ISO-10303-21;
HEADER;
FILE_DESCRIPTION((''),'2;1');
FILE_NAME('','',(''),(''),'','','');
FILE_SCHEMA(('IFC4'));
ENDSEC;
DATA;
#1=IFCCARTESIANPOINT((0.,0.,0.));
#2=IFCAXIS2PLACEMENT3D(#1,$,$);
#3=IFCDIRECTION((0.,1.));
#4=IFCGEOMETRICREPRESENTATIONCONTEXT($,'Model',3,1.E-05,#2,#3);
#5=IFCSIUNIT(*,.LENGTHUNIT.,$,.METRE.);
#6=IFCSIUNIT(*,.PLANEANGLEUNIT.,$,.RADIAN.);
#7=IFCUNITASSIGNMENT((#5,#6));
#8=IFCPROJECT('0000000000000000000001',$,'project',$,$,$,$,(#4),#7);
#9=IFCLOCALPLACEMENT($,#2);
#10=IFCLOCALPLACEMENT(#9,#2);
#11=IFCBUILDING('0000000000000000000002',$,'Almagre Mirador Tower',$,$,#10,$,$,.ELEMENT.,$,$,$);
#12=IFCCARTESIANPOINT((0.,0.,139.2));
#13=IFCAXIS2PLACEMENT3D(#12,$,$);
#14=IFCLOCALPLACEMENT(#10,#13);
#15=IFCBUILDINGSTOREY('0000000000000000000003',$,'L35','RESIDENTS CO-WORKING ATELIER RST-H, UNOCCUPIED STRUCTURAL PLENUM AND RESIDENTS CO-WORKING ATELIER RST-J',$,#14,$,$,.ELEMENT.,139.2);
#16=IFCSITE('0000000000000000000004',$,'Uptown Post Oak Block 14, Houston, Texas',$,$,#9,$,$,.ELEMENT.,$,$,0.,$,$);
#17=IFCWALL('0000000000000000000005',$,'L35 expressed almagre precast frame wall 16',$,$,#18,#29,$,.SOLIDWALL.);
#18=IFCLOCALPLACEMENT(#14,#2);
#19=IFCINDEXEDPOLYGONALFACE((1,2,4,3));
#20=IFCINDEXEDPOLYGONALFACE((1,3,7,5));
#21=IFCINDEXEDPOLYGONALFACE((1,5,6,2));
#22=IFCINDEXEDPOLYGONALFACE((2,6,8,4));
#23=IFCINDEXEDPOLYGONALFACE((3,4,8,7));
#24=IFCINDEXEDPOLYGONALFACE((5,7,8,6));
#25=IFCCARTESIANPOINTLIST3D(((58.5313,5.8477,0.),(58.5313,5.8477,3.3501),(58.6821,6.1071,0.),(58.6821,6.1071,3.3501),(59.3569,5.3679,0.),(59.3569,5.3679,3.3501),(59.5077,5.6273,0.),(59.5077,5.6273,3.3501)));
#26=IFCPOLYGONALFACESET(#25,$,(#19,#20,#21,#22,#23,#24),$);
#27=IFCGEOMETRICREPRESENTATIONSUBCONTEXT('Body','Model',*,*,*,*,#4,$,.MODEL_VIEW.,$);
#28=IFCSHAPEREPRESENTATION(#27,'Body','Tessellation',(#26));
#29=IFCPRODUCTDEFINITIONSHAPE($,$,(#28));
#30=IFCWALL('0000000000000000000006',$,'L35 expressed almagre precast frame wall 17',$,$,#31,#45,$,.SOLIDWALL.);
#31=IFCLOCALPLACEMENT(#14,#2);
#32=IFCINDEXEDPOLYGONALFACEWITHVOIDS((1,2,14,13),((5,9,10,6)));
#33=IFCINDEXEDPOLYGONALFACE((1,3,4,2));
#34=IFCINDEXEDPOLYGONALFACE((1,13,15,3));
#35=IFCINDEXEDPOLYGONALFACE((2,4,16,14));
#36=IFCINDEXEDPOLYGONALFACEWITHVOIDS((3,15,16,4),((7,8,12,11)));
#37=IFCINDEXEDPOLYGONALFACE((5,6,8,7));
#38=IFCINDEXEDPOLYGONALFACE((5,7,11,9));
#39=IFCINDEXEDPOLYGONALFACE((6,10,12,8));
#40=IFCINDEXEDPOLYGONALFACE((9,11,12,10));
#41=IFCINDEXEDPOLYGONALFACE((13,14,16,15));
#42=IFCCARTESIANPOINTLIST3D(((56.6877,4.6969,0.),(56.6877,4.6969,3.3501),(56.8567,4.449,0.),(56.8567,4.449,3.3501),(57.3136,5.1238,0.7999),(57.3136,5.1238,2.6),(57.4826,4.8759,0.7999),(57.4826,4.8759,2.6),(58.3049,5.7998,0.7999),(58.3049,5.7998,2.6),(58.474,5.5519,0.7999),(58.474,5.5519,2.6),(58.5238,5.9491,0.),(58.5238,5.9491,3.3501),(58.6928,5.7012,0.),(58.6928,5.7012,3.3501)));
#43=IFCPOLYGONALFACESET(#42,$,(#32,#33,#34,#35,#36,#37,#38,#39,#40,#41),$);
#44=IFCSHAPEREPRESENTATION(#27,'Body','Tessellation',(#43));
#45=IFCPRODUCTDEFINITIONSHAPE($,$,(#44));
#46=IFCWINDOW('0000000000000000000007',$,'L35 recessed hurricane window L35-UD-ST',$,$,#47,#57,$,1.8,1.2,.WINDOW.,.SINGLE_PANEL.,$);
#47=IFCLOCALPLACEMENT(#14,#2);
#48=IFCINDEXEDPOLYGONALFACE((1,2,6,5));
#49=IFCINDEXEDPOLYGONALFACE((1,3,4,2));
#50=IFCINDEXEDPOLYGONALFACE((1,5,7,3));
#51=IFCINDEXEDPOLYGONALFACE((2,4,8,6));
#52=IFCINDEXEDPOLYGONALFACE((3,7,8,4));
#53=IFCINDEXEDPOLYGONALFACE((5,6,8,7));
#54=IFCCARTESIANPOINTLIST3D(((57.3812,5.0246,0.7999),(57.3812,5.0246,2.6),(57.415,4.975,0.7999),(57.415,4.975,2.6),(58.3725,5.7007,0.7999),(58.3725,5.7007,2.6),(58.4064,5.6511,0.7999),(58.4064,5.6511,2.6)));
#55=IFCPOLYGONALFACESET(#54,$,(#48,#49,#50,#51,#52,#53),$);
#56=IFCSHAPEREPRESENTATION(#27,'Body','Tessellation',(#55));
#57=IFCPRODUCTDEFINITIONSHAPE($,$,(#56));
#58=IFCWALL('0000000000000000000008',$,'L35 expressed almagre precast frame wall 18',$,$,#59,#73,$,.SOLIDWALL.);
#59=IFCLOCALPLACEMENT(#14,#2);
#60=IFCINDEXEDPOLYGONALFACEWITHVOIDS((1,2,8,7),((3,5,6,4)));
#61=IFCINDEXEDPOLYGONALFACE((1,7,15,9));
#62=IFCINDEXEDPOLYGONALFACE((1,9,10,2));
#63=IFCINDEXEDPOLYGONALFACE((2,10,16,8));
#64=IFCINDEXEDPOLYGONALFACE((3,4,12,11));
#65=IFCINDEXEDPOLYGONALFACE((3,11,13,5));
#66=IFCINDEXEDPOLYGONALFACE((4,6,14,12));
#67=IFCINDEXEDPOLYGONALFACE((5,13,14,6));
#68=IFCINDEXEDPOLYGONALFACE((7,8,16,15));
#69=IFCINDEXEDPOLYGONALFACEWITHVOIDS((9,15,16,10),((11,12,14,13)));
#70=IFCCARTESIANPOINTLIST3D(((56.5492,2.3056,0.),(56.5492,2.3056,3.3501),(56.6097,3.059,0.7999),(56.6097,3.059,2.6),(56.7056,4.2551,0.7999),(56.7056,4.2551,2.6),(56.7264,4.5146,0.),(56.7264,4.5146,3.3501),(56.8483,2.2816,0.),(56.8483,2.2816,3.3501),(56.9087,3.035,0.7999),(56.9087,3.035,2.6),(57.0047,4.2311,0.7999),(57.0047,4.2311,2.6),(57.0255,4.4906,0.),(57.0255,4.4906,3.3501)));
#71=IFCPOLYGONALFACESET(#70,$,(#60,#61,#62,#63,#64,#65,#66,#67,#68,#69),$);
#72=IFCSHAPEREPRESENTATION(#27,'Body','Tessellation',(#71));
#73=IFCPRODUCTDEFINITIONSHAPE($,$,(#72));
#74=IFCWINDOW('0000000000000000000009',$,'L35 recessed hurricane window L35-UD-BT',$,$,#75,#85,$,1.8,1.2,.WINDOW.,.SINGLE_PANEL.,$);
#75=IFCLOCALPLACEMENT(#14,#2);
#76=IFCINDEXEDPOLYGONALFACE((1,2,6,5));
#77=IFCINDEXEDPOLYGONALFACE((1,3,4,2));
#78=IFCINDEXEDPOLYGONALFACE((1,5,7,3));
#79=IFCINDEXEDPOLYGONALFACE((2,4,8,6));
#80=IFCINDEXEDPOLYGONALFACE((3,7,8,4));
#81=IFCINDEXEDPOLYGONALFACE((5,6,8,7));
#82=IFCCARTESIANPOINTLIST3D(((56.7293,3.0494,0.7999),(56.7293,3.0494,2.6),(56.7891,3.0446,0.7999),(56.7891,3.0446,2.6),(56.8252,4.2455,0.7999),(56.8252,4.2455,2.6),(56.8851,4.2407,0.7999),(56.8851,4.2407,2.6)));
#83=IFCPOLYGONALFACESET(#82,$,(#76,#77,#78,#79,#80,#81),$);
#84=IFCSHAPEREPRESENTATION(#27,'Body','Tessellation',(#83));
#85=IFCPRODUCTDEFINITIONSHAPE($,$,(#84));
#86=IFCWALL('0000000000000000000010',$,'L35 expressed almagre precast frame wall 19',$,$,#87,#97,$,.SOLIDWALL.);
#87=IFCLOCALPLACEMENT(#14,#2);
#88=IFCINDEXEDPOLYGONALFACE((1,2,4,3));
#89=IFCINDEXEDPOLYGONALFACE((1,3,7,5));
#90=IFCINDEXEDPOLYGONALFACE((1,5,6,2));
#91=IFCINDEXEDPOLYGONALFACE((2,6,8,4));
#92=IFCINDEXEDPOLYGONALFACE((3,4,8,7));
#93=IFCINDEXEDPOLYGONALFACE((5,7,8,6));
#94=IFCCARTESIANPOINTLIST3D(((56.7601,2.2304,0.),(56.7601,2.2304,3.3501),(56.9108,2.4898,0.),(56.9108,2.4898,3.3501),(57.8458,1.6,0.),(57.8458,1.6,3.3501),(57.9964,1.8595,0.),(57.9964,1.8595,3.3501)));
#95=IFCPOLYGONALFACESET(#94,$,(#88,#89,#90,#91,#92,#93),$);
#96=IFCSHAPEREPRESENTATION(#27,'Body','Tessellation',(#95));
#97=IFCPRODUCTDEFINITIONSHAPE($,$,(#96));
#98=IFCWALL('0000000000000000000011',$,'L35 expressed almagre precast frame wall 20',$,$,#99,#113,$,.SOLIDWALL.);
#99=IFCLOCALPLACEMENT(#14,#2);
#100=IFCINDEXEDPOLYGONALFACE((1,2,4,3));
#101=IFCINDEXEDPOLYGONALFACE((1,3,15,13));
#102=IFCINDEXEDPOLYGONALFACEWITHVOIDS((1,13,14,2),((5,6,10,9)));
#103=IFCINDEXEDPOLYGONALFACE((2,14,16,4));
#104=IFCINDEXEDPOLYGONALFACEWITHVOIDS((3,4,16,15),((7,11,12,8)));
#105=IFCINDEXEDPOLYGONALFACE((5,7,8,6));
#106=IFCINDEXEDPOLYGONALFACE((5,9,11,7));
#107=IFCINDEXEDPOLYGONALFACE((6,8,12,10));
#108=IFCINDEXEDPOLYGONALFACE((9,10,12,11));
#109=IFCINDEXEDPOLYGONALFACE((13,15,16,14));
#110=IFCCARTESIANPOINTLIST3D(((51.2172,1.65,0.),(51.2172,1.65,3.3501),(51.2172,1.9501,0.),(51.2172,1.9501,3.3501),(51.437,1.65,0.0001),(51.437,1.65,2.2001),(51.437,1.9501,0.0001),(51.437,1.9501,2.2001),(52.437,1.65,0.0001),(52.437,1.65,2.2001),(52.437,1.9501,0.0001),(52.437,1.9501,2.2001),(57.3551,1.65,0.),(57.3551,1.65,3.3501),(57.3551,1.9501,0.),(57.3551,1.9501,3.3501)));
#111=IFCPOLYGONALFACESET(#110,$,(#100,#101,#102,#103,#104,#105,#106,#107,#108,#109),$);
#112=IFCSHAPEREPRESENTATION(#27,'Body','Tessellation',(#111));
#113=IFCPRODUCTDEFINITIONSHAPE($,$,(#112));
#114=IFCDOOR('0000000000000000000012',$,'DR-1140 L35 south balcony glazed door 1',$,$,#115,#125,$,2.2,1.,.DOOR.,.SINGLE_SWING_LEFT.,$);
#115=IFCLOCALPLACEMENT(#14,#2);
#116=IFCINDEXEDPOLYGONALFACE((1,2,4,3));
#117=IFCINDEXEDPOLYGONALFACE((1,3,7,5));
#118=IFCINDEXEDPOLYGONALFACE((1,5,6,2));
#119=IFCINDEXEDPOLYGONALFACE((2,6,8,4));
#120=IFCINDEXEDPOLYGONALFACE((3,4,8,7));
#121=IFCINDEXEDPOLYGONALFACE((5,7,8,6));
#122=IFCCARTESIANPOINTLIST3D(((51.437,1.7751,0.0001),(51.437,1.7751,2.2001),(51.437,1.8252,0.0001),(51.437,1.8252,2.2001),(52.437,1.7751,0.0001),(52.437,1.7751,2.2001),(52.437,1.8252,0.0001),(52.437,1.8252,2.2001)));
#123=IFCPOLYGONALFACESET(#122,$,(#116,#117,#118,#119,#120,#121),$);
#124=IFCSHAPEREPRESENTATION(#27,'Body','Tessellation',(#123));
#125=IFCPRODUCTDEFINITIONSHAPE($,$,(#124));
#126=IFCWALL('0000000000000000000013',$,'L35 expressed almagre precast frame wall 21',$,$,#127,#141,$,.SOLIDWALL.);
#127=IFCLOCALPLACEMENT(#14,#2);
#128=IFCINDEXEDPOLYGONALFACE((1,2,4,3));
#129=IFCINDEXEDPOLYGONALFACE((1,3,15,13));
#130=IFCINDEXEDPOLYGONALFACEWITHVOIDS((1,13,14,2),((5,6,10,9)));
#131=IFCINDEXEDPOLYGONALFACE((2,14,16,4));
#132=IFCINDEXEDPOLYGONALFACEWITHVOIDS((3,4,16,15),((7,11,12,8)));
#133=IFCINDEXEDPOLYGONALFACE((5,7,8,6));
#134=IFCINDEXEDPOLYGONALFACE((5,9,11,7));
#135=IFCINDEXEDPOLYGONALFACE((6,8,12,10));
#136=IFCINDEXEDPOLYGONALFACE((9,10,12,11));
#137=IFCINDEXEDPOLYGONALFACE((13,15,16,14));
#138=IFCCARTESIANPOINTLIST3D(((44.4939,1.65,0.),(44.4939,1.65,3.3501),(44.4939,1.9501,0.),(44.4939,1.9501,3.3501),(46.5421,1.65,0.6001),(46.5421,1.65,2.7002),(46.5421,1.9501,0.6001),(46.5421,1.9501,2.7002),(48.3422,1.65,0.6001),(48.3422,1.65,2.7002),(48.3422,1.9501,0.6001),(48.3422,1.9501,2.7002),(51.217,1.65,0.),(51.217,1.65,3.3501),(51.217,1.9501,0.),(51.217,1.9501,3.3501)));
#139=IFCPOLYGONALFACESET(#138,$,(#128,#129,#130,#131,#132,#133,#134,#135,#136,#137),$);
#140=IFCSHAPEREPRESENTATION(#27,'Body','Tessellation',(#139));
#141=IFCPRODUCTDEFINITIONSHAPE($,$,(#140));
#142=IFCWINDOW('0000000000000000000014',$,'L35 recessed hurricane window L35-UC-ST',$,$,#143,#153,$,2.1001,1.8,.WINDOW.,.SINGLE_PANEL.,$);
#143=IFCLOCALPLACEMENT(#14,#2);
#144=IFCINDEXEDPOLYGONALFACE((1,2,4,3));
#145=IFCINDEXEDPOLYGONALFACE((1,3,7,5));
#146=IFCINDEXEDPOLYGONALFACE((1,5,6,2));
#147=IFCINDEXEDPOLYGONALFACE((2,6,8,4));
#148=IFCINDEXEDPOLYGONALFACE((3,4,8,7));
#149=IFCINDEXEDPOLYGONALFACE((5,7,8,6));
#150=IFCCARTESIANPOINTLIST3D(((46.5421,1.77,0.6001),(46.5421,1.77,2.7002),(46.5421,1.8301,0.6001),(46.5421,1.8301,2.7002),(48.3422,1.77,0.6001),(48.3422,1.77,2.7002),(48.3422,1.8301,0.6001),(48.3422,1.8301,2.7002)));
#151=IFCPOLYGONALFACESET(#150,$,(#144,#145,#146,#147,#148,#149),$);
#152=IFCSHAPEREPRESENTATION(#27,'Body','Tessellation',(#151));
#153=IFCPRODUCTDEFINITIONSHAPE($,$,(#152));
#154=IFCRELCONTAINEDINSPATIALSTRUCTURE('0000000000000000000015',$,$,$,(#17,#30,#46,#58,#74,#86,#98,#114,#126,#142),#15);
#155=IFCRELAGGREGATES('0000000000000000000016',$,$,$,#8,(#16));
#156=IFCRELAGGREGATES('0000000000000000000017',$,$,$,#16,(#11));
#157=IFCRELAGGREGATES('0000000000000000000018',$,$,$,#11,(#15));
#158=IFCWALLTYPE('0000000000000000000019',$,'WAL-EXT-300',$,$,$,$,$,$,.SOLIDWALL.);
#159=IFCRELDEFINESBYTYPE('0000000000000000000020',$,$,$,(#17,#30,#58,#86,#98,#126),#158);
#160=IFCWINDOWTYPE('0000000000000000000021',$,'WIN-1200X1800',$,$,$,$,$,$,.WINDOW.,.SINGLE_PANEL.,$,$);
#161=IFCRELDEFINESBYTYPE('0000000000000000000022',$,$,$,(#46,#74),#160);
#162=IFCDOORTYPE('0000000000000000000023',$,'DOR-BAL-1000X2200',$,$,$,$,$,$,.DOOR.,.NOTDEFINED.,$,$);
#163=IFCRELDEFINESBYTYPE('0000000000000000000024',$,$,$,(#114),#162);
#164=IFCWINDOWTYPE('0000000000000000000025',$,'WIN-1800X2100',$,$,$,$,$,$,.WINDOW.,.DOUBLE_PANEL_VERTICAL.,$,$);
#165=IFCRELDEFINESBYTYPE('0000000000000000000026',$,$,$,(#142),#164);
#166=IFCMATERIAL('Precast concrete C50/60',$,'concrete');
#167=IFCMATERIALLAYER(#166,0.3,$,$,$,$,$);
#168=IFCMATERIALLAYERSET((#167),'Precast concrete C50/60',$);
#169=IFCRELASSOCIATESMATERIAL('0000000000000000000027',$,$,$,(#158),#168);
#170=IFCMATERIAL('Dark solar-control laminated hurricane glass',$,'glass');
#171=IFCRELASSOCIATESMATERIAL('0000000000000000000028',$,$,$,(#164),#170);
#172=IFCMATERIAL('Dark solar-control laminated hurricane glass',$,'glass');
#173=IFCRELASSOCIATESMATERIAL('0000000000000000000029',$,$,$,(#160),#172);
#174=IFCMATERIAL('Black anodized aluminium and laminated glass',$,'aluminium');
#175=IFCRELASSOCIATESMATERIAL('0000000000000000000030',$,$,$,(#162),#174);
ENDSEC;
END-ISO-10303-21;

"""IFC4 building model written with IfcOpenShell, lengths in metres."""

from ifc_helpers import new_model, si_unit, direction, frame, frame_2d, origin, place, context, subcontext, project, spatial, rectangle, extrude, material, layer, layer_set, type_object, element, fill, save


model = new_model("IFC4")

# Units and contexts
model_context = context("Model", 3, precision=1e-05, world=origin(), true_north=direction((0.0, 1.0)))
body_context = subcontext(model_context, "Body", "Model", "MODEL_VIEW")
ifc_project = project(units=[si_unit("LENGTHUNIT", "METRE"), si_unit("PLANEANGLEUNIT", "RADIAN")], contexts=[model_context])

# Site, building, storey
site_placement = place(None, origin())
site = spatial("IfcSite", under=ifc_project, at=site_placement, Name="Uptown Post Oak Block 14, Houston, Texas", CompositionType="ELEMENT", RefElevation=0.0)
building_placement = place(site_placement, origin())
building = spatial("IfcBuilding", under=site, at=building_placement, Name="Almagre Mirador Tower", CompositionType="ELEMENT")
storey_placement = place(building_placement, frame((0.0, 0.0, 139.2)))
storey = spatial("IfcBuildingStorey", under=building, at=storey_placement, Name="L35", Description="RESIDENTS CO-WORKING ATELIER RST-H, UNOCCUPIED STRUCTURAL PLENUM AND RESIDENTS CO-WORKING ATELIER RST-J", CompositionType="ELEMENT", Elevation=139.2)

# Shared definitions
ifc_material_1 = material(Name="Precast concrete C50/60", Category="concrete")
ifc_layer_1 = layer(ifc_material_1, 0.3)
ifc_layer_set_1 = layer_set([ifc_layer_1], Name="Precast concrete C50/60")
wall_type_1 = type_object("IfcWallType", Name="WAL-EXT-300", PredefinedType="SOLIDWALL", material=ifc_layer_set_1)
ifc_material_2 = material(Name="Dark solar-control laminated hurricane glass", Category="glass")
window_type_1 = type_object("IfcWindowType", Name="WIN-1800X2100", PartitioningType="DOUBLE_PANEL_VERTICAL", PredefinedType="WINDOW", material=ifc_material_2)

# Wall
wall_1_placement = place(storey_placement, frame((59.4324, 5.4976, 0.0), z_axis=(0.0, 0.0, 1.0), x_axis=(-0.864585, 0.502487, 0.0)))
element("IfcWall", 1, at=wall_1_placement, inside=storey, type_object=wall_type_1, Name="L35 expressed almagre precast frame wall 16", PredefinedType="SOLIDWALL", context=body_context, shape_type="SweptSolid", body=[
    extrude(rectangle(XDim=0.9548, YDim=0.3, at=frame_2d((0.4775, 0.0))), origin(), (0.0, 0.0, 1.0), 3.3501),
])

# Walls, openings, windows
wall_2_placement = place(storey_placement, frame((58.6084, 5.8252, 0.0), z_axis=(0.0, 0.0, 1.0), x_axis=(-0.826174, -0.563415, 0.0)))
wall_2 = element("IfcWall", 2, at=wall_2_placement, inside=storey, type_object=wall_type_1, Name="L35 expressed almagre precast frame wall 17", PredefinedType="SOLIDWALL", context=body_context, shape_type="SweptSolid", body=[
    extrude(rectangle(XDim=2.2224, YDim=0.3, at=frame_2d((1.1113, 0.0))), origin(), (0.0, 0.0, 1.0), 3.3501),
])
opening_1_placement = place(wall_2_placement, frame((0.2649, 0.0, 0.8)))
opening_1 = element("IfcOpeningElement", 3, at=opening_1_placement, cuts=wall_2, PredefinedType="OPENING", context=body_context, shape_type="SweptSolid", body=[
    extrude(rectangle(XDim=1.2, YDim=1.8, at=frame_2d((0.6001, 0.8999))), frame((0.0, 0.1599, 0.0), z_axis=(0.0, -1.0, 0.0), x_axis=(1.0, 0.0, 0.0)), (0.0, 0.0, 1.0), 0.32),
])
ifc_material_3 = material(Name="Dark solar-control laminated hurricane glass", Category="glass")
window_type_2 = type_object("IfcWindowType", Name="WIN-1200X1800", PartitioningType="SINGLE_PANEL", PredefinedType="WINDOW", material=ifc_material_3)
window_1_placement = place(opening_1_placement, origin())
window_1 = element("IfcWindow", 4, at=window_1_placement, inside=storey, type_object=window_type_2, Name="L35 recessed hurricane window L35-UD-ST", OverallHeight=1.8, OverallWidth=1.2, PartitioningType="SINGLE_PANEL", PredefinedType="WINDOW", context=body_context, shape_type="SweptSolid", body=[
    extrude(rectangle(XDim=1.2, YDim=1.8, at=frame_2d((0.6001, 0.8999))), frame((0.0, 0.03, 0.0), z_axis=(0.0, -1.0, 0.0), x_axis=(1.0, 0.0, 0.0)), (0.0, 0.0, 1.0), 0.0601),
])
fill(opening_1, window_1)
wall_3_placement = place(storey_placement, frame((56.876, 4.5024, 0.0), z_axis=(0.0, 0.0, 1.0), x_axis=(-0.079982, -0.996796, 0.0)))
wall_3 = element("IfcWall", 5, at=wall_3_placement, inside=storey, type_object=wall_type_1, Name="L35 expressed almagre precast frame wall 18", PredefinedType="SOLIDWALL", context=body_context, shape_type="SweptSolid", body=[
    extrude(rectangle(XDim=2.2161, YDim=0.3, at=frame_2d((1.1079, 0.0))), origin(), (0.0, 0.0, 1.0), 3.3501),
])
opening_2_placement = place(wall_3_placement, frame((0.26, 0.0, 0.8)))
opening_2 = element("IfcOpeningElement", 6, at=opening_2_placement, cuts=wall_3, PredefinedType="OPENING", context=body_context, shape_type="SweptSolid", body=[
    extrude(rectangle(XDim=1.2, YDim=1.8, at=frame_2d((0.6001, 0.8999))), frame((0.0, 0.1599, 0.0), z_axis=(0.0, -1.0, 0.0), x_axis=(1.0, 0.0, 0.0)), (0.0, 0.0, 1.0), 0.32),
])
window_2_placement = place(opening_2_placement, origin())
window_2 = element("IfcWindow", 7, at=window_2_placement, inside=storey, type_object=window_type_2, Name="L35 recessed hurricane window L35-UD-BT", OverallHeight=1.8, OverallWidth=1.2, PartitioningType="SINGLE_PANEL", PredefinedType="WINDOW", context=body_context, shape_type="SweptSolid", body=[
    extrude(rectangle(XDim=1.2, YDim=1.8, at=frame_2d((0.6001, 0.8999))), frame((0.0, 0.03, 0.0), z_axis=(0.0, -1.0, 0.0), x_axis=(1.0, 0.0, 0.0)), (0.0, 0.0, 1.0), 0.0601),
])
fill(opening_2, window_2)

# Wall
wall_4_placement = place(storey_placement, frame((56.8354, 2.3601, 0.0), z_axis=(0.0, 0.0, 1.0), x_axis=(0.8648, -0.502117, 0.0)))
element("IfcWall", 8, at=wall_4_placement, inside=storey, type_object=wall_type_1, Name="L35 expressed almagre precast frame wall 19", PredefinedType="SOLIDWALL", context=body_context, shape_type="SweptSolid", body=[
    extrude(rectangle(XDim=1.2554, YDim=0.3, at=frame_2d((0.6277, 0.0))), origin(), (0.0, 0.0, 1.0), 3.3501),
])

# Wall, opening, door
wall_5_placement = place(storey_placement, frame((57.355, 1.8, 0.0), z_axis=(0.0, 0.0, 1.0), x_axis=(-1.0, 0.0, 0.0)))
wall_5 = element("IfcWall", 9, at=wall_5_placement, inside=storey, type_object=wall_type_1, Name="L35 expressed almagre precast frame wall 20", PredefinedType="SOLIDWALL", context=body_context, shape_type="SweptSolid", body=[
    extrude(rectangle(XDim=6.1379, YDim=0.3, at=frame_2d((3.0688, 0.0))), origin(), (0.0, 0.0, 1.0), 3.3501),
])
opening_3_placement = place(wall_5_placement, frame((4.918, 0.0, 0.0)))
opening_3 = element("IfcOpeningElement", 10, at=opening_3_placement, cuts=wall_5, PredefinedType="OPENING", context=body_context, shape_type="SweptSolid", body=[
    extrude(rectangle(XDim=1.0, YDim=2.2, at=frame_2d((0.5, 1.1001))), frame((0.0, 0.1599, 0.0), z_axis=(0.0, -1.0, 0.0), x_axis=(1.0, 0.0, 0.0)), (0.0, 0.0, 1.0), 0.32),
])
ifc_material_4 = material(Name="Black anodized aluminium and laminated glass", Category="aluminium")
door_type_1 = type_object("IfcDoorType", Name="DOR-BAL-1000X2200", OperationType="NOTDEFINED", PredefinedType="DOOR", material=ifc_material_4)
door_1_placement = place(opening_3_placement, origin())
door_1 = element("IfcDoor", 11, at=door_1_placement, inside=storey, type_object=door_type_1, Name="DR-1140 L35 south balcony glazed door 1", OperationType="SINGLE_SWING_LEFT", OverallHeight=2.2, OverallWidth=1.0, PredefinedType="DOOR", context=body_context, shape_type="SweptSolid", body=[
    extrude(rectangle(XDim=1.0, YDim=2.2, at=frame_2d((0.5, 1.1001))), frame((0.0, 0.0249, 0.0), z_axis=(0.0, -1.0, 0.0), x_axis=(1.0, 0.0, 0.0)), (0.0, 0.0, 1.0), 0.05),
])
fill(opening_3, door_1)

# Wall, opening, window
wall_6_placement = place(storey_placement, frame((51.217, 1.8, 0.0), z_axis=(0.0, 0.0, 1.0), x_axis=(-1.0, 0.0, 0.0)))
wall_6 = element("IfcWall", 12, at=wall_6_placement, inside=storey, type_object=wall_type_1, Name="L35 expressed almagre precast frame wall 21", PredefinedType="SOLIDWALL", context=body_context, shape_type="SweptSolid", body=[
    extrude(rectangle(XDim=6.7231, YDim=0.3, at=frame_2d((3.3616, 0.0))), origin(), (0.0, 0.0, 1.0), 3.3501),
])
opening_4_placement = place(wall_6_placement, frame((2.875, 0.0, 0.6001)))
opening_4 = element("IfcOpeningElement", 13, at=opening_4_placement, cuts=wall_6, PredefinedType="OPENING", context=body_context, shape_type="SweptSolid", body=[
    extrude(rectangle(XDim=1.8, YDim=2.1001, at=frame_2d((0.8999, 1.05))), frame((0.0, 0.1599, 0.0), z_axis=(0.0, -1.0, 0.0), x_axis=(1.0, 0.0, 0.0)), (0.0, 0.0, 1.0), 0.32),
])
window_3_placement = place(opening_4_placement, origin())
window_3 = element("IfcWindow", 14, at=window_3_placement, inside=storey, type_object=window_type_1, Name="L35 recessed hurricane window L35-UC-ST", OverallHeight=2.1001, OverallWidth=1.8, PartitioningType="SINGLE_PANEL", PredefinedType="WINDOW", context=body_context, shape_type="SweptSolid", body=[
    extrude(rectangle(XDim=1.8, YDim=2.1001, at=frame_2d((0.8999, 1.05))), frame((0.0, 0.03, 0.0), z_axis=(0.0, -1.0, 0.0), x_axis=(1.0, 0.0, 0.0)), (0.0, 0.0, 1.0), 0.0601),
])
fill(opening_4, window_3)

save(model, "model.ifc")
